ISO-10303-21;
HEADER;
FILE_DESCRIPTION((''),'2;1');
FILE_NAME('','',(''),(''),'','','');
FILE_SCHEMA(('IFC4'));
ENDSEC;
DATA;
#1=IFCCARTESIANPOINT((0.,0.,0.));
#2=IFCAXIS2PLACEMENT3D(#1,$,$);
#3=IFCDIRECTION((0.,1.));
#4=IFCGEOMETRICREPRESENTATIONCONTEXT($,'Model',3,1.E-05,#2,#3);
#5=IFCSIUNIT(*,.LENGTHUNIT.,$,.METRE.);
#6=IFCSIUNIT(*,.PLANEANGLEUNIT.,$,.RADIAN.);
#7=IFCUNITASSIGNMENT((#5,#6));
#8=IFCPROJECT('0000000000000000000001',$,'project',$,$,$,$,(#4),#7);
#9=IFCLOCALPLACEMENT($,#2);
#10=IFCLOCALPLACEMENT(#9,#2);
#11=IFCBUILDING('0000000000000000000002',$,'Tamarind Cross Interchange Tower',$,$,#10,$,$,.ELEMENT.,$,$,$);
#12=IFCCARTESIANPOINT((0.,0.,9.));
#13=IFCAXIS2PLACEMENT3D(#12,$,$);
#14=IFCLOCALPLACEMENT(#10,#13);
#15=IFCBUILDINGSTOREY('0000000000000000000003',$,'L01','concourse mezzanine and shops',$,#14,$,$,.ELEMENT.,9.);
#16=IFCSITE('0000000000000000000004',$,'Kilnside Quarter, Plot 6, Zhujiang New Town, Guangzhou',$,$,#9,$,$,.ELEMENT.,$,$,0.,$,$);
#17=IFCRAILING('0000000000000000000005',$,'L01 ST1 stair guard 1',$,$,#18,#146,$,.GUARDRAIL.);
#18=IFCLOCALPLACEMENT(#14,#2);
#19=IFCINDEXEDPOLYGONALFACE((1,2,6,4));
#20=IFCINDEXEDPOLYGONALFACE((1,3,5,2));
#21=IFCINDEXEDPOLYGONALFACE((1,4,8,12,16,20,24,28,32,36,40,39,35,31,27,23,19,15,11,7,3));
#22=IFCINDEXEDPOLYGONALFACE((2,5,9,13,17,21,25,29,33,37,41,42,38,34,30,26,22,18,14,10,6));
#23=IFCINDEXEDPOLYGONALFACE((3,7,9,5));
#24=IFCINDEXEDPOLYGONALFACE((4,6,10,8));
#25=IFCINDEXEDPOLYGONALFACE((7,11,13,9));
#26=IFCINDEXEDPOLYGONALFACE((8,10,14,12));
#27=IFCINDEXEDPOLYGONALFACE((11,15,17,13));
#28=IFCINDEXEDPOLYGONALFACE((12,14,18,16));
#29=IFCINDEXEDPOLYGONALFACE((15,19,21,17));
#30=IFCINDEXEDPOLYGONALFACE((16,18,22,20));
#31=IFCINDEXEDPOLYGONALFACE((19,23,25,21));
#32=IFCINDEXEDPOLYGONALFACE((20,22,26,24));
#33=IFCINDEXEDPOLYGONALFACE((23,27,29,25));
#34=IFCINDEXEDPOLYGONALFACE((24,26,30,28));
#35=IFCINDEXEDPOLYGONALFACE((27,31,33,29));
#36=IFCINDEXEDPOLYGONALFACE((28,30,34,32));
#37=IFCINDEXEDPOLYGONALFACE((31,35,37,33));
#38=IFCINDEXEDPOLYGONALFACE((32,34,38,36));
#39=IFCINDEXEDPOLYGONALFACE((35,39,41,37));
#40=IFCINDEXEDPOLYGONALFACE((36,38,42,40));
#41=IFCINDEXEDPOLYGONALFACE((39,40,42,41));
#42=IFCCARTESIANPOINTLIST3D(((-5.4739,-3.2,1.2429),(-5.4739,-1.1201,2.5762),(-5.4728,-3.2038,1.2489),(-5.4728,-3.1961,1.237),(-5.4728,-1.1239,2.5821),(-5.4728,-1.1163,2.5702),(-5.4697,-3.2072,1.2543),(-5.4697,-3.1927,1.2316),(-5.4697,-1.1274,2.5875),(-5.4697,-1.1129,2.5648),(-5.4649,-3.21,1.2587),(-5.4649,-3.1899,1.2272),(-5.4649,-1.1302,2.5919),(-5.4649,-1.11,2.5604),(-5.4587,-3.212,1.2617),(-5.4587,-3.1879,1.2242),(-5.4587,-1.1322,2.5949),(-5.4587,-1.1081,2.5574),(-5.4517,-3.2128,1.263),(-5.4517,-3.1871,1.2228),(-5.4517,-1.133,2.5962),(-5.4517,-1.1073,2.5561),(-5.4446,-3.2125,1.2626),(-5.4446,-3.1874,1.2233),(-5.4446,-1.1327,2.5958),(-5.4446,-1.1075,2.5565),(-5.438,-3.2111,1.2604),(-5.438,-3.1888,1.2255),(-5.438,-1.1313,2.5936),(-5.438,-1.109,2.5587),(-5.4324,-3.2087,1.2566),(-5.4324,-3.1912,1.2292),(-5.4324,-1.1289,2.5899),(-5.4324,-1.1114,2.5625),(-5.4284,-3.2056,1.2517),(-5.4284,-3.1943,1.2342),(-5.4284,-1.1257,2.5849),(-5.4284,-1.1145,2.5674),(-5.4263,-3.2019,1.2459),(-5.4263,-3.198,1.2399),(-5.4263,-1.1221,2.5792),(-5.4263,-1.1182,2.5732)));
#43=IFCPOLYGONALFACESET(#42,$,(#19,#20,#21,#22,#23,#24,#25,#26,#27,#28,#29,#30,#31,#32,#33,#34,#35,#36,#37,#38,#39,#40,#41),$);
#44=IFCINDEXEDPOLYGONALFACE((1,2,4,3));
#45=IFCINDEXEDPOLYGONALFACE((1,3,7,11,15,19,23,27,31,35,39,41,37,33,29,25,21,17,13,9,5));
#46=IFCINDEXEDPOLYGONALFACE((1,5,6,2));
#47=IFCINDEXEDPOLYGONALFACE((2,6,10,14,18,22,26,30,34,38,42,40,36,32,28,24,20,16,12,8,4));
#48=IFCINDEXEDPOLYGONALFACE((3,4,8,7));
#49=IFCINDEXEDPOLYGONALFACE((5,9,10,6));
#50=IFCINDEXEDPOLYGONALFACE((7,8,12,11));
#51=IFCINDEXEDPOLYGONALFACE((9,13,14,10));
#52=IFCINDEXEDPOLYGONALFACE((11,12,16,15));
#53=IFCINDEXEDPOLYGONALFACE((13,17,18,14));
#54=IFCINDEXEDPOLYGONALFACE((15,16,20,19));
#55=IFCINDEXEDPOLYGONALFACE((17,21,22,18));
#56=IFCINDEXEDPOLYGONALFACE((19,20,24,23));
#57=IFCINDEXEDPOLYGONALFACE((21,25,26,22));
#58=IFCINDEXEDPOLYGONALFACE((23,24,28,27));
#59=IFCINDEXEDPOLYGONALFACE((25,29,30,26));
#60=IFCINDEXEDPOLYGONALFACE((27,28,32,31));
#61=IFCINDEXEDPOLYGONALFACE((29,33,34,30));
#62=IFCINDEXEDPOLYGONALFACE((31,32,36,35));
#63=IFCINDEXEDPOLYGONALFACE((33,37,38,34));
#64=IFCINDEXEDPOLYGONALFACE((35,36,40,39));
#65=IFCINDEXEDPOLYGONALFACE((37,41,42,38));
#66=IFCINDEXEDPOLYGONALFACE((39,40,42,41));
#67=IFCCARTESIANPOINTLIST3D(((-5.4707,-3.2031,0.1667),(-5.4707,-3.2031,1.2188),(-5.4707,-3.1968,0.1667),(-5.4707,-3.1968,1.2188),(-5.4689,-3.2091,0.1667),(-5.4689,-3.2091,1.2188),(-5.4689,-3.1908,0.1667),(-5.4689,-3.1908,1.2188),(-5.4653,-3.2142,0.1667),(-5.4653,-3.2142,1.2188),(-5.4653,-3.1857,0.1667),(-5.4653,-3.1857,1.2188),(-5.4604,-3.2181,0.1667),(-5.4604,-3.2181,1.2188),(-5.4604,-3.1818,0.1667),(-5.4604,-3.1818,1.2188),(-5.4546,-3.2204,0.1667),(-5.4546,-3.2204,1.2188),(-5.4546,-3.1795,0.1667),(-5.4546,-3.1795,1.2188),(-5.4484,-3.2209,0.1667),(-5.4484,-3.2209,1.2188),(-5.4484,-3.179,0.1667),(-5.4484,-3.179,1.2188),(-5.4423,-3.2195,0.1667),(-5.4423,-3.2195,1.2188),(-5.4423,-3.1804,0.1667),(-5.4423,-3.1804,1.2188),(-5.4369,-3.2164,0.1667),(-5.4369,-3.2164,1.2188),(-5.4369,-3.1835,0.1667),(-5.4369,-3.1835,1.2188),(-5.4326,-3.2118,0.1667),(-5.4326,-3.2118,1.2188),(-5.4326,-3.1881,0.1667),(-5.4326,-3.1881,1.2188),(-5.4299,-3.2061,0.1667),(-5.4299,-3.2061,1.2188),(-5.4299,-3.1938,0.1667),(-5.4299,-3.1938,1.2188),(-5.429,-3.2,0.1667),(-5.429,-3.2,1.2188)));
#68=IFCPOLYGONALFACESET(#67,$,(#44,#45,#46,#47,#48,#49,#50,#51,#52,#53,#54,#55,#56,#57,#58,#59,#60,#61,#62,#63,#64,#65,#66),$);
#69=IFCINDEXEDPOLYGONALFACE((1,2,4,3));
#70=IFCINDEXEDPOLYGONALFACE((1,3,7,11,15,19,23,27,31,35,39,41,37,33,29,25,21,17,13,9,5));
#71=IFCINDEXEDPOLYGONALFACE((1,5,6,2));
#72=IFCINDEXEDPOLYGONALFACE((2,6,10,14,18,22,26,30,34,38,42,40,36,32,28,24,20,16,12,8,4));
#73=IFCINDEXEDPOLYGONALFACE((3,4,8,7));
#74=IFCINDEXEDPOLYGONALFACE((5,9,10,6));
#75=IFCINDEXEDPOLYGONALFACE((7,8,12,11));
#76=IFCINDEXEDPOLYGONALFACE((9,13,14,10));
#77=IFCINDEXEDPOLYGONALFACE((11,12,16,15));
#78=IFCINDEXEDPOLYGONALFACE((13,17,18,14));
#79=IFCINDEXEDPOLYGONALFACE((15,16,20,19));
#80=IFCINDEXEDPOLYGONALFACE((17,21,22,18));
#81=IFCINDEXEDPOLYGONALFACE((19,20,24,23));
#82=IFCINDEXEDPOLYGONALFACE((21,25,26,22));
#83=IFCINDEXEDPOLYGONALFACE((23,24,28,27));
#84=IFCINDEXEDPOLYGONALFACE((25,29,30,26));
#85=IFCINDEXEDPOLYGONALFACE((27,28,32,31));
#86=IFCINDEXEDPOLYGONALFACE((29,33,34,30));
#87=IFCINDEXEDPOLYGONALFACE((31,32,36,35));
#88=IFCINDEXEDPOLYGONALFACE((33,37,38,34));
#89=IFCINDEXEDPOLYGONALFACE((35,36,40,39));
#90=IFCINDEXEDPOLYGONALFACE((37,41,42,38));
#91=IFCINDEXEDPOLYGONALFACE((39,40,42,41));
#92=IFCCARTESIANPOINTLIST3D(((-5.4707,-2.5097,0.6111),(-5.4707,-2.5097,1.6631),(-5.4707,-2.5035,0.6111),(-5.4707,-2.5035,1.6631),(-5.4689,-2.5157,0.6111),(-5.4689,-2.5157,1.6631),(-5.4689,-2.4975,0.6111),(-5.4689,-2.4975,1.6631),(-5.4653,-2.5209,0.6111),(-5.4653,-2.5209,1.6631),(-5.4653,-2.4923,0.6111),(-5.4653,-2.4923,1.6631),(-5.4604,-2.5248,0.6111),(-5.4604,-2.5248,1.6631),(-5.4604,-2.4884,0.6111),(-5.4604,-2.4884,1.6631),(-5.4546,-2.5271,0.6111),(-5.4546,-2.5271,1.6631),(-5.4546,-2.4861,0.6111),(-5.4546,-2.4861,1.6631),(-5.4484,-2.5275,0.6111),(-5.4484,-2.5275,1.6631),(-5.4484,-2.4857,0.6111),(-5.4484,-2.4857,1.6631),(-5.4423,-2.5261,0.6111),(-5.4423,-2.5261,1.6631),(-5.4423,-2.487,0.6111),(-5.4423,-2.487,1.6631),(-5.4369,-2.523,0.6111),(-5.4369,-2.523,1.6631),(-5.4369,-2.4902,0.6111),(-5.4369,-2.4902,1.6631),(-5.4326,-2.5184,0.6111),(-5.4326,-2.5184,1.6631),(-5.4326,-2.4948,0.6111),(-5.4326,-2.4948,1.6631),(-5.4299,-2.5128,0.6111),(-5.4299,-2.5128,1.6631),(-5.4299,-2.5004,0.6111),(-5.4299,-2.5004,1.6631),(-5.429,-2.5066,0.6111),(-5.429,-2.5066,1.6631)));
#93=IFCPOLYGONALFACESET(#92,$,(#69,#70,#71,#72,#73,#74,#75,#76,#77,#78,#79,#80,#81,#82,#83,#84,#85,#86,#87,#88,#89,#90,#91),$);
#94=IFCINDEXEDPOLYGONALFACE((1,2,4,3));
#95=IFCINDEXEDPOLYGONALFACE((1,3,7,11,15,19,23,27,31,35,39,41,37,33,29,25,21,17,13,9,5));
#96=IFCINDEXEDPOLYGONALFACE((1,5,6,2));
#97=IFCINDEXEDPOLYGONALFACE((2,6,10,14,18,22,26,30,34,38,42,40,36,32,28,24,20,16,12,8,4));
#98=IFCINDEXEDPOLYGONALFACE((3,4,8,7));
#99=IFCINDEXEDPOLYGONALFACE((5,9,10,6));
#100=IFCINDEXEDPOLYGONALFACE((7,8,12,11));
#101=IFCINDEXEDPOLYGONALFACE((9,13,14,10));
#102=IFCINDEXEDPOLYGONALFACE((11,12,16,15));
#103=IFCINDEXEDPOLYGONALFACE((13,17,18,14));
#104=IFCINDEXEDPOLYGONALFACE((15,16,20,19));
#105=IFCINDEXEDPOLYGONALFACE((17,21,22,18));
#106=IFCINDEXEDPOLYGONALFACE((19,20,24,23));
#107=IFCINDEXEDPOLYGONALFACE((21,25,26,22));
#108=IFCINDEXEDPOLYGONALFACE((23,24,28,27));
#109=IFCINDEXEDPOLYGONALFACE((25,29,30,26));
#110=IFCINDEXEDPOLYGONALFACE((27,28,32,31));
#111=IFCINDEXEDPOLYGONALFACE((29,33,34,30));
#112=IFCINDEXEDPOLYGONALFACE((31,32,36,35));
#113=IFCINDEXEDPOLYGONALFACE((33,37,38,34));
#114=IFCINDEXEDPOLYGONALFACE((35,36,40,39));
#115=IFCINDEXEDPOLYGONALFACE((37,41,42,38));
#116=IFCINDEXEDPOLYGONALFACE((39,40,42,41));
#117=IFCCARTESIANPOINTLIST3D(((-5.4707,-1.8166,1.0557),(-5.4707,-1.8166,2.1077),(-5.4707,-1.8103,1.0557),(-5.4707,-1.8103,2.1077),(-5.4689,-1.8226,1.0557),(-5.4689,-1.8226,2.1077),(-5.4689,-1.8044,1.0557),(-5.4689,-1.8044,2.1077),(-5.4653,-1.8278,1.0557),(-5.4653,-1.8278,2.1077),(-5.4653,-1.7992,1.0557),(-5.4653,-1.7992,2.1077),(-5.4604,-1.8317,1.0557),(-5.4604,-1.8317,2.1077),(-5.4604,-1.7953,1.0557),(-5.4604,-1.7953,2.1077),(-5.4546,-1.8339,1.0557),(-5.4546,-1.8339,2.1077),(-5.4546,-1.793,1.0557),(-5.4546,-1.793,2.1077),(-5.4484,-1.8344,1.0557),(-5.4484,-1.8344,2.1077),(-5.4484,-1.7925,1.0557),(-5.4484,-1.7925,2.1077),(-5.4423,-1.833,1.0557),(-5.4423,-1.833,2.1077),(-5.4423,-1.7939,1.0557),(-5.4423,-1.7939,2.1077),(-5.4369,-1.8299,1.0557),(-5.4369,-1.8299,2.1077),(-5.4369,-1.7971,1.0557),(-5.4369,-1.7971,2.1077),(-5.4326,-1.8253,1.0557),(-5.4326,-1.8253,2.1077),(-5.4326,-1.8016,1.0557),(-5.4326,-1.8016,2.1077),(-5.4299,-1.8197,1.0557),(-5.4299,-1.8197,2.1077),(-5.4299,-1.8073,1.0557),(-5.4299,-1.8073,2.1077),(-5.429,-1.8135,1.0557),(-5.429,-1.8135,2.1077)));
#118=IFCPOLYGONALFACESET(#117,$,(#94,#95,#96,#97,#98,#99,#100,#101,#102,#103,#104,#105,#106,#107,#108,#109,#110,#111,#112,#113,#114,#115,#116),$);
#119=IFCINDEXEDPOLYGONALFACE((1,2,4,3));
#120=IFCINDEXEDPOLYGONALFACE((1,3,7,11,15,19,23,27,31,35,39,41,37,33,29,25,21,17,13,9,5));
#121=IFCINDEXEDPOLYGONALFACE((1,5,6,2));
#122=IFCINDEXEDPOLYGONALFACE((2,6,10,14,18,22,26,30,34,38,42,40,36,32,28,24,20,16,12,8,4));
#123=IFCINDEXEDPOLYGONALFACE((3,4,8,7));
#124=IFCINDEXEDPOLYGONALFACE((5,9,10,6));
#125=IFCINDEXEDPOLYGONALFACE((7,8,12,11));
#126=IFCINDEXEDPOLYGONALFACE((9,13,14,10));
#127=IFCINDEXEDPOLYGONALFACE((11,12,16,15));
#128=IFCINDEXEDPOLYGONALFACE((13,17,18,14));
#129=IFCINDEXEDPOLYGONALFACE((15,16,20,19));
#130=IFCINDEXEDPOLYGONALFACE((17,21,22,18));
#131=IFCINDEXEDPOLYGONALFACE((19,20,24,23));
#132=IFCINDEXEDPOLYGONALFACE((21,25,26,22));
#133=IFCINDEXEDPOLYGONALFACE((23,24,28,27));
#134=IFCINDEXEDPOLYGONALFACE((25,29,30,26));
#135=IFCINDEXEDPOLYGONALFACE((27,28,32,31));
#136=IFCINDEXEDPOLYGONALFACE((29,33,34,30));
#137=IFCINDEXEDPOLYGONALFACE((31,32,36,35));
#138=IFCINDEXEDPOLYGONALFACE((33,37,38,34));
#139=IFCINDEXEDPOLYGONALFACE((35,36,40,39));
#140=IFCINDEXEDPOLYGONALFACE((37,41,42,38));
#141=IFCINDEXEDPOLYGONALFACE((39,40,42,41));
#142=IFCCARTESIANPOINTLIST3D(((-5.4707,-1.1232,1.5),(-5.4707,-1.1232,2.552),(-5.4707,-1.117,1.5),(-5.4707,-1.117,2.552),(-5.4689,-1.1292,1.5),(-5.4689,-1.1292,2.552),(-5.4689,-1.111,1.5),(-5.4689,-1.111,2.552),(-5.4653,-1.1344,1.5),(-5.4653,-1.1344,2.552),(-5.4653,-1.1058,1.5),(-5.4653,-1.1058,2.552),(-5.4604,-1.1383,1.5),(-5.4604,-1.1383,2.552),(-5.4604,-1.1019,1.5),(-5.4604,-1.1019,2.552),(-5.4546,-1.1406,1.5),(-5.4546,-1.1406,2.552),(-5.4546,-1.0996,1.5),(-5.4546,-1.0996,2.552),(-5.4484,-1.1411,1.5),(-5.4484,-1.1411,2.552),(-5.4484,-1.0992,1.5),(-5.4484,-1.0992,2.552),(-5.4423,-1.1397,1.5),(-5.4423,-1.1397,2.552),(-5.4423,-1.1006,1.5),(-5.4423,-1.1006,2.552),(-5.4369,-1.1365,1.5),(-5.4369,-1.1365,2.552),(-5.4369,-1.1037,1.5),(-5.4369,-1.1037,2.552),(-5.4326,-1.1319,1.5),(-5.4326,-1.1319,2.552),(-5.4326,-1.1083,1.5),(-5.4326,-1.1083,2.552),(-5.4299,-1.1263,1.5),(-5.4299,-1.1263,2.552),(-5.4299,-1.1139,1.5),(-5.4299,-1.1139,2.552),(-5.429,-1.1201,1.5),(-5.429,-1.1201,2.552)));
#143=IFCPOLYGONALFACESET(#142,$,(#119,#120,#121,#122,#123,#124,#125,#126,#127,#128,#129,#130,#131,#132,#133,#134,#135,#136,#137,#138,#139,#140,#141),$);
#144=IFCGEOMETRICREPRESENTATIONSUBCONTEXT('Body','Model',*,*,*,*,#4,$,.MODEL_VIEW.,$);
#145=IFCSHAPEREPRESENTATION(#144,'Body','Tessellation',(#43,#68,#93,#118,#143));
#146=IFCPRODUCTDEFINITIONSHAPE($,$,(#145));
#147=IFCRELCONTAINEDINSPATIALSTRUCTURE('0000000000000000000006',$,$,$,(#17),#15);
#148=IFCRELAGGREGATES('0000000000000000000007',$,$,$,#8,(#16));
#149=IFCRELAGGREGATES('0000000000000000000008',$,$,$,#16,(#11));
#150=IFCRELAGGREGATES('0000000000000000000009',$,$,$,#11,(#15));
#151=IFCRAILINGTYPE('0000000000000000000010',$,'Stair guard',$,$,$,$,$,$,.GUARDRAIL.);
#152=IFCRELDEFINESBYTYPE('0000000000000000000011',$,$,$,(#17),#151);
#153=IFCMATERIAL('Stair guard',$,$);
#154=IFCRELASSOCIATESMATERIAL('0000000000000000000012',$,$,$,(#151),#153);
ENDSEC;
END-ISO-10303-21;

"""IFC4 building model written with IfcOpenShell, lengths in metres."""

from ifc_helpers import new_model, si_unit, direction, frame, origin, origin_2d, place, context, subcontext, project, spatial, circle, extrude, material, type_object, element, save


model = new_model("IFC4")

# Units and contexts
model_context = context("Model", 3, precision=1e-05, world=origin(), true_north=direction((0.0, 1.0)))
body_context = subcontext(model_context, "Body", "Model", "MODEL_VIEW")
ifc_project = project(units=[si_unit("LENGTHUNIT", "METRE"), si_unit("PLANEANGLEUNIT", "RADIAN")], contexts=[model_context])

# Site, building, storey
site_placement = place(None, origin())
site = spatial("IfcSite", under=ifc_project, at=site_placement, Name="Kilnside Quarter, Plot 6, Zhujiang New Town, Guangzhou", CompositionType="ELEMENT", RefElevation=0.0)
building_placement = place(site_placement, origin())
building = spatial("IfcBuilding", under=site, at=building_placement, Name="Tamarind Cross Interchange Tower", CompositionType="ELEMENT")
storey_placement = place(building_placement, frame((0.0, 0.0, 9.0)))
storey = spatial("IfcBuildingStorey", under=building, at=storey_placement, Name="L01", Description="concourse mezzanine and shops", CompositionType="ELEMENT", Elevation=9.0)

# Railing
ifc_material_1 = material(Name="Stair guard")
railing_type_1 = type_object("IfcRailingType", Name="Stair guard", PredefinedType="GUARDRAIL", material=ifc_material_1)
railing_1_placement = place(storey_placement, frame((-5.45, -3.2, 0.1667)))
element("IfcRailing", 1, at=railing_1_placement, inside=storey, type_object=railing_type_1, Name="L01 ST1 stair guard 1", PredefinedType="GUARDRAIL", context=body_context, shape_type="SweptSolid", body=[
    extrude(circle(Radius=0.0239, at=origin_2d()), frame((0.0, 0.0, 1.0762), z_axis=(0.0, 0.841875, 0.539673), x_axis=(-1.0, 0.0, 0.0)), (0.0, 0.0, 1.0), 2.4705),
    extrude(circle(Radius=0.021, at=origin_2d()), origin(), (0.0, 0.0, 1.0), 1.052),
    extrude(circle(Radius=0.021, at=origin_2d()), frame((0.0, 0.6934, 0.4443)), (0.0, 0.0, 1.0), 1.052),
    extrude(circle(Radius=0.021, at=origin_2d()), frame((0.0, 1.3865, 0.8889)), (0.0, 0.0, 1.0), 1.052),
    extrude(circle(Radius=0.021, at=origin_2d()), frame((0.0, 2.0798, 1.3333)), (0.0, 0.0, 1.0), 1.052),
])

save(model, "model.ifc")
